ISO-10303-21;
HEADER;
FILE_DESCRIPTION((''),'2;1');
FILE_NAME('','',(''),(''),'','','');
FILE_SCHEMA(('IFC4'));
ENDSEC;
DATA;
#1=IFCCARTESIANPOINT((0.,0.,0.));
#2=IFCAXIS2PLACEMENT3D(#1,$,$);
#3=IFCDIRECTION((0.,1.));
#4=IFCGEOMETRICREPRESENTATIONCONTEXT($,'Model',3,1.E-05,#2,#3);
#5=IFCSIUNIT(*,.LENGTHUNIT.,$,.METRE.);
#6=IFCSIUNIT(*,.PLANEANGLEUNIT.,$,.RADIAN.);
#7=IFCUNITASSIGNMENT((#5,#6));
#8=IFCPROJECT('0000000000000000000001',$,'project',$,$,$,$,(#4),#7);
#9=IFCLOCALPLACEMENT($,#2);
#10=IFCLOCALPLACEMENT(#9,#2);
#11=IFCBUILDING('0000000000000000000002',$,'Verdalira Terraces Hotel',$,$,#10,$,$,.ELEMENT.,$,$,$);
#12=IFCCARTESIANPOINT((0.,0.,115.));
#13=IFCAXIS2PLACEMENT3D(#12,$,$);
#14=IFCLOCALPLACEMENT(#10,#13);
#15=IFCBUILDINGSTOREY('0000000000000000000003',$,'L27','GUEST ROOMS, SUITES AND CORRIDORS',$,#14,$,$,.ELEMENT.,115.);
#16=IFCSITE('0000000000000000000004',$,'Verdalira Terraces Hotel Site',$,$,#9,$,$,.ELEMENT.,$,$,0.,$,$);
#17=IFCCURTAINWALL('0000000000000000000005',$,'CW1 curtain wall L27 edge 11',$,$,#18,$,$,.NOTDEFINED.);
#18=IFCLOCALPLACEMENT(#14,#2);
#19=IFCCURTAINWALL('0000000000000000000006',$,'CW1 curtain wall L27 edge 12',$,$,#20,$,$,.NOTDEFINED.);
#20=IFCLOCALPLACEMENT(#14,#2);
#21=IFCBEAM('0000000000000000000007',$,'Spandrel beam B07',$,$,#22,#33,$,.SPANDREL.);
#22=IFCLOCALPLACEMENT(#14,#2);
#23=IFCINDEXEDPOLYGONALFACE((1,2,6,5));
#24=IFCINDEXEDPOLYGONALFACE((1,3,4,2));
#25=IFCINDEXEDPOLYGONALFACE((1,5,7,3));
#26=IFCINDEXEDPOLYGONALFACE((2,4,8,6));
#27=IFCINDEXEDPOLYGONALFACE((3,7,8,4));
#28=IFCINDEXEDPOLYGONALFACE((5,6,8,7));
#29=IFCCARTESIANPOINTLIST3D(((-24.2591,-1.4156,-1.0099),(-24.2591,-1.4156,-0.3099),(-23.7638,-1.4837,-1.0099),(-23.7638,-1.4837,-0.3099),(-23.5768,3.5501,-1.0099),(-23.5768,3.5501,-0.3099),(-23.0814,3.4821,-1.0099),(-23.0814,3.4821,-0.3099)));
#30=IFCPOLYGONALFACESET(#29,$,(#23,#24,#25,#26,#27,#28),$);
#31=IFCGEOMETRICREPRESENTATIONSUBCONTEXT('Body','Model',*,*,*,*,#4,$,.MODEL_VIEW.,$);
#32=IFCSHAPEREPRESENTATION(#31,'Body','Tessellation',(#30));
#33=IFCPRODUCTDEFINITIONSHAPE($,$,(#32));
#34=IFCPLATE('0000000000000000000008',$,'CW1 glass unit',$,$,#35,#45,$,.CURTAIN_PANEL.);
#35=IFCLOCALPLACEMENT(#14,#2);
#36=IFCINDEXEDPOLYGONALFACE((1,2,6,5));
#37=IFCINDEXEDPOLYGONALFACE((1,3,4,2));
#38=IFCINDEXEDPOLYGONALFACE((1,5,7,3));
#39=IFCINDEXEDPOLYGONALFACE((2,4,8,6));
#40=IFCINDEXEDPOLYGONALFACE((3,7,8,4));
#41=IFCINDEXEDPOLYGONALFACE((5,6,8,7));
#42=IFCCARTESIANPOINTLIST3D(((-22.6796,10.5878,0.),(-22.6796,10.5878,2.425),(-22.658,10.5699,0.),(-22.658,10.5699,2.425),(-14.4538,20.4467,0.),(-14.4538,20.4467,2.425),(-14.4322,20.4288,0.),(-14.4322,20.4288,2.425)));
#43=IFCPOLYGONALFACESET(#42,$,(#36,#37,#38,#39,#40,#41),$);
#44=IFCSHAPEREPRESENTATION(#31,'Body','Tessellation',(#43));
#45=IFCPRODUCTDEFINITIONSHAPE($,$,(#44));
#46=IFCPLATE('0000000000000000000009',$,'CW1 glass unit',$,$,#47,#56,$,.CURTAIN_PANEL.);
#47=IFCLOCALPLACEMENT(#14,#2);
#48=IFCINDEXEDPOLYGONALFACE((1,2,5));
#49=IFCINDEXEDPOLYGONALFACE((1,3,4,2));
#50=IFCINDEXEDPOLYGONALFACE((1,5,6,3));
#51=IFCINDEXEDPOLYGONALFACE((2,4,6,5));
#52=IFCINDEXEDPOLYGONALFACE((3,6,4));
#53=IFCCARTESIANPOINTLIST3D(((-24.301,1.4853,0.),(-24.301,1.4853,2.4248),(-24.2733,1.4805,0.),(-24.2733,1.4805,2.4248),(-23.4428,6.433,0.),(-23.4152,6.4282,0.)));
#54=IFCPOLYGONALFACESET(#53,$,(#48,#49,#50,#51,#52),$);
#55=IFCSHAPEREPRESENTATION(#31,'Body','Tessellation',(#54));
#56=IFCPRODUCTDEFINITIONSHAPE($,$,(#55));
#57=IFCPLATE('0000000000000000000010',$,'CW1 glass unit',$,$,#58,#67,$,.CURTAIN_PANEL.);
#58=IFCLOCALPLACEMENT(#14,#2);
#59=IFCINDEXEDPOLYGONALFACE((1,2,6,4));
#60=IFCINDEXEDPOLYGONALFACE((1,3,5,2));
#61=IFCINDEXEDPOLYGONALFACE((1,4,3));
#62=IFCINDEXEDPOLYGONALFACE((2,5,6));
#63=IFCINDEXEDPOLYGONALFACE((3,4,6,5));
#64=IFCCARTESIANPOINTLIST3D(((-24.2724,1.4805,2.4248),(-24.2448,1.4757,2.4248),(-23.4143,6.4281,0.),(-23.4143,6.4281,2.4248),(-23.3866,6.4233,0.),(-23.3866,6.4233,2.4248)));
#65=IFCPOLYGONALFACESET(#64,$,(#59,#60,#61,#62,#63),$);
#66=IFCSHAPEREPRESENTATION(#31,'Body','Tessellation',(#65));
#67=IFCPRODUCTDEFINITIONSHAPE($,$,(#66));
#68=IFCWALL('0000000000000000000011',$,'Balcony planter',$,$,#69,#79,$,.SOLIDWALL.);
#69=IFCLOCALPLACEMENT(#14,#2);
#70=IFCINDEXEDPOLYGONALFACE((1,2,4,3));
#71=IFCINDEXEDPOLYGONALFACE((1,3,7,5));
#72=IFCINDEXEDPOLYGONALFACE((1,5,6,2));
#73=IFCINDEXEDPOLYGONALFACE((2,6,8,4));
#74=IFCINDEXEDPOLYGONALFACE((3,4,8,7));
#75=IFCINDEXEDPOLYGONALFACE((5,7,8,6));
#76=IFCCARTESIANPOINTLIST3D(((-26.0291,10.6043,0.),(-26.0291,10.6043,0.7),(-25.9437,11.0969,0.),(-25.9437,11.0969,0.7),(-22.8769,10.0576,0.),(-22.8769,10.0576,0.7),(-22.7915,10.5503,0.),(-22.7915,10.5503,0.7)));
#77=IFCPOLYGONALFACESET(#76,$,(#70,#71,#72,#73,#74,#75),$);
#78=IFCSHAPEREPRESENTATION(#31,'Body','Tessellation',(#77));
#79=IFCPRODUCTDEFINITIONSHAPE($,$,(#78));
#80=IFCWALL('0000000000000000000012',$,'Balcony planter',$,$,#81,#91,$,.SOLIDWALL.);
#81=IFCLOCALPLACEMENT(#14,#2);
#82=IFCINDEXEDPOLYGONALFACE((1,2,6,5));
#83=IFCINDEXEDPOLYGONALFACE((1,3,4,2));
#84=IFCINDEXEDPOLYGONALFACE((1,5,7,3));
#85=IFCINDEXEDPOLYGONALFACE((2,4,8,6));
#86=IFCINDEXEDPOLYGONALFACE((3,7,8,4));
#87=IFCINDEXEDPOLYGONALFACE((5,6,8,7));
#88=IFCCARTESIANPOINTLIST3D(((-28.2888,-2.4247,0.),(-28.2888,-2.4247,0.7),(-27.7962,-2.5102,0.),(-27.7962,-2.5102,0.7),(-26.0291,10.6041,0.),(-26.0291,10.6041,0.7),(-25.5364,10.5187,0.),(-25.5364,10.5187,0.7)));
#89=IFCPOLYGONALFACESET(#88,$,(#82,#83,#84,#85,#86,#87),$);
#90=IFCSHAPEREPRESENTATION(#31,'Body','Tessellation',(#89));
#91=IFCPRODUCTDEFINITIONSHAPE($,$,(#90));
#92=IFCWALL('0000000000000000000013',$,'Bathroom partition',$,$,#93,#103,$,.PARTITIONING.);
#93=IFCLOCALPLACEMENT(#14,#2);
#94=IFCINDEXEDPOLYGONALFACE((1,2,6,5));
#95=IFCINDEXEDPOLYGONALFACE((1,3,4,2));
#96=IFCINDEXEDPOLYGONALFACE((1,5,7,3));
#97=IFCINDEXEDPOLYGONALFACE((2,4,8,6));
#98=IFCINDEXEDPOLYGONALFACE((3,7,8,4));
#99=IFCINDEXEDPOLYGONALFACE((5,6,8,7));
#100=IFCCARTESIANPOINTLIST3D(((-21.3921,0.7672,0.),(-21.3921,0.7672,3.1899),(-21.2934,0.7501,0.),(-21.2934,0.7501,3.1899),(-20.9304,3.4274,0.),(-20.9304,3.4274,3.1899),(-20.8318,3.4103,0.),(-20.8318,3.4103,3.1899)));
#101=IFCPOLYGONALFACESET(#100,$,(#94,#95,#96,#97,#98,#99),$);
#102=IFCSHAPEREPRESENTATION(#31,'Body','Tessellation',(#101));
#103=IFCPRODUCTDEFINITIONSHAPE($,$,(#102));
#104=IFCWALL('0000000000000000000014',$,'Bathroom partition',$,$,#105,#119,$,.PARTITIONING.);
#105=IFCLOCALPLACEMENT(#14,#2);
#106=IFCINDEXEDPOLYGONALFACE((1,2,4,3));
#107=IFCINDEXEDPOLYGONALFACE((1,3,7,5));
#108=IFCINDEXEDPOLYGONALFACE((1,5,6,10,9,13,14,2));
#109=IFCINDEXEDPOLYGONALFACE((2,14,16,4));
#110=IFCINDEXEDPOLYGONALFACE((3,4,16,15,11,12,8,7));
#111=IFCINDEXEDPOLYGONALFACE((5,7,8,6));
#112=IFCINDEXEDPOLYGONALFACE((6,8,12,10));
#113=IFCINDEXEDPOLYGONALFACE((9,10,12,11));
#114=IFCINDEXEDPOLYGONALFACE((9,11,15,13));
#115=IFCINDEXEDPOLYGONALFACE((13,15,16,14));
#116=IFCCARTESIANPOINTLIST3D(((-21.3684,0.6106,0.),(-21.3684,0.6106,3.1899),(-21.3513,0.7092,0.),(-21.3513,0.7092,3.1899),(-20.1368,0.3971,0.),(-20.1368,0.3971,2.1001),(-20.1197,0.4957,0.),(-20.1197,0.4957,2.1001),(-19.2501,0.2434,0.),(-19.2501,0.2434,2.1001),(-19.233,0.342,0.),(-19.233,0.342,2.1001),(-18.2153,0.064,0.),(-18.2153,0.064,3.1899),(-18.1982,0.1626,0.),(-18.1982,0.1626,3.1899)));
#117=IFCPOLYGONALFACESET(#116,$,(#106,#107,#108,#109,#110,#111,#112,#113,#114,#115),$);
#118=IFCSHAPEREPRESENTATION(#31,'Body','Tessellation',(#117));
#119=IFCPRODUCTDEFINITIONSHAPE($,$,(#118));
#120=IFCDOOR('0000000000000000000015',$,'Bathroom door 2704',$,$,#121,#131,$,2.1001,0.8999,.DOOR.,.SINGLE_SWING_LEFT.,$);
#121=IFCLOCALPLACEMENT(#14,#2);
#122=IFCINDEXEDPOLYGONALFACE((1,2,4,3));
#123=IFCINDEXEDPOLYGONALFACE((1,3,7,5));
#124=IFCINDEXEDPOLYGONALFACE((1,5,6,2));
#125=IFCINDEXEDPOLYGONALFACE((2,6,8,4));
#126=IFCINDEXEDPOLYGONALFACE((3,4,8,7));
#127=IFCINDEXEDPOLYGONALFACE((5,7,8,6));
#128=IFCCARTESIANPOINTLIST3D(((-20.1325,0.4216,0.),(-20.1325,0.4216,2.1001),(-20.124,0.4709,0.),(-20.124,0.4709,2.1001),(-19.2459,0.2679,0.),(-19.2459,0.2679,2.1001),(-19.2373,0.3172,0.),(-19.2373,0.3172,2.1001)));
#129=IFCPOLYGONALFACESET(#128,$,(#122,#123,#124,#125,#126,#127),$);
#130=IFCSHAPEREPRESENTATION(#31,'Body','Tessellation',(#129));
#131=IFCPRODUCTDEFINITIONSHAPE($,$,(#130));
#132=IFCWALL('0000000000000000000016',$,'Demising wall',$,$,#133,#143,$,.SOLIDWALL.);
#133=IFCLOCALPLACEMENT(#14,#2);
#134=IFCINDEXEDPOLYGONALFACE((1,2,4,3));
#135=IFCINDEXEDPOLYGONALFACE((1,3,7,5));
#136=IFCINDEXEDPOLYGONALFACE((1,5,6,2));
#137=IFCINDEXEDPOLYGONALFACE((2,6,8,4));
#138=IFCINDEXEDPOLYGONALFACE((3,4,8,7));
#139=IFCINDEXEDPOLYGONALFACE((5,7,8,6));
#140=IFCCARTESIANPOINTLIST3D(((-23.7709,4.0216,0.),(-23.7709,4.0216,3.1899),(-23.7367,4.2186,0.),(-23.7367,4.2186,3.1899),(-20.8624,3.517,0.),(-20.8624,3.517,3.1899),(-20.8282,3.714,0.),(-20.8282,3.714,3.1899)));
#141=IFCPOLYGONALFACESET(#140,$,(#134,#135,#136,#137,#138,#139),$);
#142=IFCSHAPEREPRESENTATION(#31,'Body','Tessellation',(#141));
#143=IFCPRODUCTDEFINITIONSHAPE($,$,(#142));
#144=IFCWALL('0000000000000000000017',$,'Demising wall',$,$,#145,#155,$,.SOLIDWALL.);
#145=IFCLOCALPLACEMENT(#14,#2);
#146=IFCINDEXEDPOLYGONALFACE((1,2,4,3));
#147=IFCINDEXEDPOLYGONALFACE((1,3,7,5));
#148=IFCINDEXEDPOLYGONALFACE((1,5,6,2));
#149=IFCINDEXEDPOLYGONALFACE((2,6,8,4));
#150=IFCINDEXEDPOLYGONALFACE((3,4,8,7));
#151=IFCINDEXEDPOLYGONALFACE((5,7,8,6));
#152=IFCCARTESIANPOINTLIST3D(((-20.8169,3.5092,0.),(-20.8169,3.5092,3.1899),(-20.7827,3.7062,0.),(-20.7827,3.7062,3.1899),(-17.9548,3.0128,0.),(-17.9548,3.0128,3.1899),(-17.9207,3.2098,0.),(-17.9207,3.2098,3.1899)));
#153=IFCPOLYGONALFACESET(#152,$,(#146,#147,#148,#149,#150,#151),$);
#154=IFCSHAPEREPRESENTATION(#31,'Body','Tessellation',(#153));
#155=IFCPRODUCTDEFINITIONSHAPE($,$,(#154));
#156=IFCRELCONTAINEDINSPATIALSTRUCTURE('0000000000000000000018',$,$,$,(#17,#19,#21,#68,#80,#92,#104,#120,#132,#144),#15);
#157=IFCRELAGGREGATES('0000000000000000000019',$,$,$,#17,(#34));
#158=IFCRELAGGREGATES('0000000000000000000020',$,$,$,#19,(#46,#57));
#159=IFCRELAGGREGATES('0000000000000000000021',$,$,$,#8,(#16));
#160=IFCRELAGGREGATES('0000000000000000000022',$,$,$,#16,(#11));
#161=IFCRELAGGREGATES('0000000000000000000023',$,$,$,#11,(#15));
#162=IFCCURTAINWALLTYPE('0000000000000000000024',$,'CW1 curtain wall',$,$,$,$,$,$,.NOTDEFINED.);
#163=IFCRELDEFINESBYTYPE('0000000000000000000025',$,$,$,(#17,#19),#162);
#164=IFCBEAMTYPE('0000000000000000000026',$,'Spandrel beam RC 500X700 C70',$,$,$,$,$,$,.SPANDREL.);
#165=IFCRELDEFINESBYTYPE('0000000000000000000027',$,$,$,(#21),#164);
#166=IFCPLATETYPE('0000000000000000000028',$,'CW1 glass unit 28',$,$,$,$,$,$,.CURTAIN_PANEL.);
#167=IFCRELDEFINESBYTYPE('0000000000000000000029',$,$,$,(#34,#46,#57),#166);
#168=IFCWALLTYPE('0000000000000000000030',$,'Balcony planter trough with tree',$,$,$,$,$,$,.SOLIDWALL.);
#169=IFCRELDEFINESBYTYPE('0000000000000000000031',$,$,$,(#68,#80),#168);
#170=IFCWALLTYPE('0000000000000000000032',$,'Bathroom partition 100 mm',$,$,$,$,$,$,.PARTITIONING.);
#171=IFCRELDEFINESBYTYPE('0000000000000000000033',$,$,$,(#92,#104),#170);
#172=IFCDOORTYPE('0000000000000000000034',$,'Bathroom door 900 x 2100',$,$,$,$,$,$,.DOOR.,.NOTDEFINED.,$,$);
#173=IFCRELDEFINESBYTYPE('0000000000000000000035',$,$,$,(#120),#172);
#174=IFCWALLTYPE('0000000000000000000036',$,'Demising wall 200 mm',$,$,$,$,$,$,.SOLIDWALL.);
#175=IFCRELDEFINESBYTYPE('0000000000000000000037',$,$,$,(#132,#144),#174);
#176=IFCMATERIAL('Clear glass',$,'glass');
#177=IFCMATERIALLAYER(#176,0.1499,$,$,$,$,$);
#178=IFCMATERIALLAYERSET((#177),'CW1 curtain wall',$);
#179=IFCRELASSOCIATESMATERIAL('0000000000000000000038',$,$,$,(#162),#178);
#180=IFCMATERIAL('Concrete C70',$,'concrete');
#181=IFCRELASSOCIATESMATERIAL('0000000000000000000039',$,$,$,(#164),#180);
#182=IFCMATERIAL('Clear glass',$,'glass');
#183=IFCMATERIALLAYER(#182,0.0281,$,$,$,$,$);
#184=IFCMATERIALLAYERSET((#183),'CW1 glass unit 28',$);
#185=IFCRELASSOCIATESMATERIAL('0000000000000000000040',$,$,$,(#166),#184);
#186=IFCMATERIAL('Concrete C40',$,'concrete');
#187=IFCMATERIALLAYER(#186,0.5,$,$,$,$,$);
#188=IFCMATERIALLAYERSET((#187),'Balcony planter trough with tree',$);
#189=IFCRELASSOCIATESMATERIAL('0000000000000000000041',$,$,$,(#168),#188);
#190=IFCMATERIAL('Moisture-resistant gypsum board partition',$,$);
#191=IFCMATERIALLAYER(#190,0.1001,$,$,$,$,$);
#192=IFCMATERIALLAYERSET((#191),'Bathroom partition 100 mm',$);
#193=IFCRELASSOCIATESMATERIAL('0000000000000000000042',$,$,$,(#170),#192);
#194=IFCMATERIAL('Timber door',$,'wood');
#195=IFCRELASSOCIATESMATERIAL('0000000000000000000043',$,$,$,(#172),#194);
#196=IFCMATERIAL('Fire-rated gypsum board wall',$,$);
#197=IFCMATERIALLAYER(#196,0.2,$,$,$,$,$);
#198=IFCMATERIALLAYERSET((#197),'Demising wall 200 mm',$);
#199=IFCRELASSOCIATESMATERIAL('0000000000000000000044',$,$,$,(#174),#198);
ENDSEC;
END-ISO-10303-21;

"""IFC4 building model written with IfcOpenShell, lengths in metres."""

from ifc_helpers import new_model, si_unit, direction, frame, frame_2d, origin, origin_2d, place, context, subcontext, project, spatial, polyline, rectangle, outline, extrude, material, layer, layer_set, material_profile, profile_set, type_object, element, fill, aggregate, save


model = new_model("IFC4")

# Units and contexts
model_context = context("Model", 3, precision=1e-05, world=origin(), true_north=direction((0.0, 1.0)))
body_context = subcontext(model_context, "Body", "Model", "MODEL_VIEW")
ifc_project = project(units=[si_unit("LENGTHUNIT", "METRE"), si_unit("PLANEANGLEUNIT", "RADIAN")], contexts=[model_context])

# Site, building, storey
site_placement = place(None, origin())
site = spatial("IfcSite", under=ifc_project, at=site_placement, Name="Verdalira Terraces Hotel Site", CompositionType="ELEMENT", RefElevation=0.0)
building_placement = place(site_placement, origin())
building = spatial("IfcBuilding", under=site, at=building_placement, Name="Verdalira Terraces Hotel", CompositionType="ELEMENT")
storey_placement = place(building_placement, frame((0.0, 0.0, 115.0)))
storey = spatial("IfcBuildingStorey", under=building, at=storey_placement, Name="L27", Description="GUEST ROOMS, SUITES AND CORRIDORS", CompositionType="ELEMENT", Elevation=115.0)

# Curtain wall
ifc_material_1 = material(Name="Clear glass", Category="glass")
ifc_layer_1 = layer(ifc_material_1, 0.1499)
ifc_layer_set_1 = layer_set([ifc_layer_1], Name="CW1 curtain wall")
curtain_wall_type = type_object("IfcCurtainWallType", Name="CW1 curtain wall", PredefinedType="NOTDEFINED", material=ifc_layer_set_1)
curtain_wall_1_placement = place(storey_placement, origin())
curtain_wall_1 = element("IfcCurtainWall", 1, at=curtain_wall_1_placement, inside=storey, type_object=curtain_wall_type, Name="CW1 curtain wall L27 edge 11", PredefinedType="NOTDEFINED")

# Curtain wall
curtain_wall_2_placement = place(storey_placement, origin())
curtain_wall_2 = element("IfcCurtainWall", 2, at=curtain_wall_2_placement, inside=storey, type_object=curtain_wall_type, Name="CW1 curtain wall L27 edge 12", PredefinedType="NOTDEFINED")

# Beam
ifc_material_2 = material(Name="Concrete C70", Category="concrete")
ifc_material_profile_1 = material_profile(ifc_material_2, rectangle(XDim=0.5, YDim=0.7, at=origin_2d()), Name="RC 500X700")
ifc_profile_set_1 = profile_set([ifc_material_profile_1], Name="Concrete C70")
beam_type_1 = type_object("IfcBeamType", Name="Spandrel beam RC 500X700 C70", PredefinedType="SPANDREL", material=ifc_profile_set_1)
beam_1_placement = place(storey_placement, frame((-23.3291, 3.5161, -0.6599), z_axis=(-0.136135, -0.99069, 0.0), x_axis=(0.99069, -0.136135, 0.0)))
element("IfcBeam", 3, at=beam_1_placement, inside=storey, type_object=beam_type_1, Name="Spandrel beam B07", PredefinedType="SPANDREL", context=body_context, shape_type="SweptSolid", body=[
    extrude(rectangle(XDim=0.5, YDim=0.7, at=origin_2d()), origin(), (0.0, 0.0, 1.0), 5.0125),
])

# Plates
ifc_material_3 = material(Name="Clear glass", Category="glass")
ifc_layer_2 = layer(ifc_material_3, 0.0281)
ifc_layer_set_2 = layer_set([ifc_layer_2], Name="CW1 glass unit 28")
plate_type = type_object("IfcPlateType", Name="CW1 glass unit 28", PredefinedType="CURTAIN_PANEL", material=ifc_layer_set_2)
plate_1_placement = place(storey_placement, frame((-18.5559, 15.5083, 0.0), z_axis=(0.0, 0.0, 1.0), x_axis=(-0.640646, -0.767836, 0.0)))
plate_1 = element("IfcPlate", 4, at=plate_1_placement, type_object=plate_type, Name="CW1 glass unit", PredefinedType="CURTAIN_PANEL", context=body_context, shape_type="SweptSolid", body=[
    extrude(rectangle(XDim=12.8398, YDim=0.0281, at=origin_2d()), origin(), (0.0, 0.0, 1.0), 2.425),
])
aggregate(curtain_wall_1, [plate_1])
plate_2_placement = place(storey_placement, frame((-23.8442, 3.9543, 1.2124), z_axis=(-0.985289, 0.170897, 0.0), x_axis=(-0.170897, -0.985289, 0.0)))
plate_2 = element("IfcPlate", 5, at=plate_2_placement, type_object=plate_type, Name="CW1 glass unit", PredefinedType="CURTAIN_PANEL", context=body_context, shape_type="SweptSolid", body=[
    extrude(outline(polyline([(-2.5107, -1.2124), (2.5107, -1.2124), (2.5107, 1.2124), (-2.5107, -1.2124)])), origin(), (0.0, 0.0, 1.0), 0.0281),
])
plate_3_placement = place(storey_placement, frame((-23.8157, 3.9495, 1.2124), z_axis=(-0.985289, 0.170897, 0.0), x_axis=(-0.170897, -0.985289, 0.0)))
plate_3 = element("IfcPlate", 6, at=plate_3_placement, type_object=plate_type, Name="CW1 glass unit", PredefinedType="CURTAIN_PANEL", context=body_context, shape_type="SweptSolid", body=[
    extrude(outline(polyline([(-2.5107, -1.2124), (2.5107, 1.2124), (-2.5107, 1.2124), (-2.5107, -1.2124)])), origin(), (0.0, 0.0, 1.0), 0.0281),
])
aggregate(curtain_wall_2, [plate_2, plate_3])

# Walls
ifc_material_4 = material(Name="Concrete C40", Category="concrete")
ifc_layer_3 = layer(ifc_material_4, 0.5)
ifc_layer_set_3 = layer_set([ifc_layer_3], Name="Balcony planter trough with tree")
wall_type_1 = type_object("IfcWallType", Name="Balcony planter trough with tree", PredefinedType="SOLIDWALL", material=ifc_layer_set_3)
wall_1_placement = place(storey_placement, frame((-22.8342, 10.304, 0.0), z_axis=(0.0, 0.0, 1.0), x_axis=(-0.985294, 0.170868, 0.0)))
element("IfcWall", 7, at=wall_1_placement, inside=storey, type_object=wall_type_1, Name="Balcony planter", PredefinedType="SOLIDWALL", context=body_context, shape_type="SweptSolid", body=[
    extrude(rectangle(XDim=3.1992, YDim=0.5, at=frame_2d((1.5996, 0.0))), origin(), (0.0, 0.0, 1.0), 0.7),
])
wall_2_placement = place(storey_placement, frame((-25.7827, 10.5615, 0.0), z_axis=(0.0, 0.0, 1.0), x_axis=(-0.170892, -0.98529, 0.0)))
element("IfcWall", 8, at=wall_2_placement, inside=storey, type_object=wall_type_1, Name="Balcony planter", PredefinedType="SOLIDWALL", context=body_context, shape_type="SweptSolid", body=[
    extrude(rectangle(XDim=13.2234, YDim=0.5, at=frame_2d((6.6118, 0.0))), origin(), (0.0, 0.0, 1.0), 0.7),
])
ifc_material_5 = material(Name="Moisture-resistant gypsum board partition")
ifc_layer_4 = layer(ifc_material_5, 0.1001)
ifc_layer_set_4 = layer_set([ifc_layer_4], Name="Bathroom partition 100 mm")
wall_type_2 = type_object("IfcWallType", Name="Bathroom partition 100 mm", PredefinedType="PARTITIONING", material=ifc_layer_set_4)
wall_3_placement = place(storey_placement, frame((-21.3428, 0.7585, 0.0), z_axis=(0.0, 0.0, 1.0), x_axis=(0.170994, 0.985272, 0.0)))
element("IfcWall", 9, at=wall_3_placement, inside=storey, type_object=wall_type_2, Name="Bathroom partition", PredefinedType="PARTITIONING", context=body_context, shape_type="SweptSolid", body=[
    extrude(rectangle(XDim=2.7, YDim=0.1001, at=frame_2d((1.3501, 0.0))), origin(), (0.0, 0.0, 1.0), 3.1899),
])

# Wall, opening, door
wall_4_placement = place(storey_placement, frame((-21.3599, 0.6599, 0.0), z_axis=(0.0, 0.0, 1.0), x_axis=(0.985303, -0.170816, 0.0)))
wall_4 = element("IfcWall", 10, at=wall_4_placement, inside=storey, type_object=wall_type_2, Name="Bathroom partition", PredefinedType="PARTITIONING", context=body_context, shape_type="SweptSolid", body=[
    extrude(rectangle(XDim=3.2002, YDim=0.1001, at=frame_2d((1.6001, 0.0))), origin(), (0.0, 0.0, 1.0), 3.1899),
])
opening_1_placement = place(wall_4_placement, frame((1.25, 0.0, 0.0)))
opening_1 = element("IfcOpeningElement", 11, at=opening_1_placement, cuts=wall_4, PredefinedType="OPENING", context=body_context, shape_type="SweptSolid", body=[
    extrude(rectangle(XDim=0.8999, YDim=2.1001, at=frame_2d((0.45, 1.05))), frame((0.0, 0.0601, 0.0), z_axis=(0.0, -1.0, 0.0), x_axis=(1.0, 0.0, 0.0)), (0.0, 0.0, 1.0), 0.1201),
])
ifc_material_6 = material(Name="Timber door", Category="wood")
door_type_1 = type_object("IfcDoorType", Name="Bathroom door 900 x 2100", OperationType="NOTDEFINED", PredefinedType="DOOR", material=ifc_material_6)
door_1_placement = place(opening_1_placement, origin())
door_1 = element("IfcDoor", 12, at=door_1_placement, inside=storey, type_object=door_type_1, Name="Bathroom door 2704", OperationType="SINGLE_SWING_LEFT", OverallHeight=2.1001, OverallWidth=0.8999, PredefinedType="DOOR", context=body_context, shape_type="SweptSolid", body=[
    extrude(rectangle(XDim=0.8999, YDim=2.1001, at=frame_2d((0.45, 1.05))), frame((0.0, 0.0249, 0.0), z_axis=(0.0, -1.0, 0.0), x_axis=(1.0, 0.0, 0.0)), (0.0, 0.0, 1.0), 0.05),
])
fill(opening_1, door_1)

# Walls
ifc_material_7 = material(Name="Fire-rated gypsum board wall")
ifc_layer_5 = layer(ifc_material_7, 0.2)
ifc_layer_set_5 = layer_set([ifc_layer_5], Name="Demising wall 200 mm")
wall_type_3 = type_object("IfcWallType", Name="Demising wall 200 mm", PredefinedType="SOLIDWALL", material=ifc_layer_set_5)
wall_5_placement = place(storey_placement, frame((-20.8452, 3.6155, 0.0), z_axis=(0.0, 0.0, 1.0), x_axis=(-0.985279, 0.170954, 0.0)))
element("IfcWall", 13, at=wall_5_placement, inside=storey, type_object=wall_type_3, Name="Demising wall", PredefinedType="SOLIDWALL", context=body_context, shape_type="SweptSolid", body=[
    extrude(rectangle(XDim=2.9519, YDim=0.2, at=frame_2d((1.4761, 0.0))), origin(), (0.0, 0.0, 1.0), 3.1899),
])
wall_6_placement = place(storey_placement, frame((-17.9377, 3.1113, 0.0), z_axis=(0.0, 0.0, 1.0), x_axis=(-0.985294, 0.170869, 0.0)))
element("IfcWall", 14, at=wall_6_placement, inside=storey, type_object=wall_type_3, Name="Demising wall", PredefinedType="SOLIDWALL", context=body_context, shape_type="SweptSolid", body=[
    extrude(rectangle(XDim=2.9048, YDim=0.2, at=frame_2d((1.4524, 0.0))), origin(), (0.0, 0.0, 1.0), 3.1899),
])

save(model, "model.ifc")
